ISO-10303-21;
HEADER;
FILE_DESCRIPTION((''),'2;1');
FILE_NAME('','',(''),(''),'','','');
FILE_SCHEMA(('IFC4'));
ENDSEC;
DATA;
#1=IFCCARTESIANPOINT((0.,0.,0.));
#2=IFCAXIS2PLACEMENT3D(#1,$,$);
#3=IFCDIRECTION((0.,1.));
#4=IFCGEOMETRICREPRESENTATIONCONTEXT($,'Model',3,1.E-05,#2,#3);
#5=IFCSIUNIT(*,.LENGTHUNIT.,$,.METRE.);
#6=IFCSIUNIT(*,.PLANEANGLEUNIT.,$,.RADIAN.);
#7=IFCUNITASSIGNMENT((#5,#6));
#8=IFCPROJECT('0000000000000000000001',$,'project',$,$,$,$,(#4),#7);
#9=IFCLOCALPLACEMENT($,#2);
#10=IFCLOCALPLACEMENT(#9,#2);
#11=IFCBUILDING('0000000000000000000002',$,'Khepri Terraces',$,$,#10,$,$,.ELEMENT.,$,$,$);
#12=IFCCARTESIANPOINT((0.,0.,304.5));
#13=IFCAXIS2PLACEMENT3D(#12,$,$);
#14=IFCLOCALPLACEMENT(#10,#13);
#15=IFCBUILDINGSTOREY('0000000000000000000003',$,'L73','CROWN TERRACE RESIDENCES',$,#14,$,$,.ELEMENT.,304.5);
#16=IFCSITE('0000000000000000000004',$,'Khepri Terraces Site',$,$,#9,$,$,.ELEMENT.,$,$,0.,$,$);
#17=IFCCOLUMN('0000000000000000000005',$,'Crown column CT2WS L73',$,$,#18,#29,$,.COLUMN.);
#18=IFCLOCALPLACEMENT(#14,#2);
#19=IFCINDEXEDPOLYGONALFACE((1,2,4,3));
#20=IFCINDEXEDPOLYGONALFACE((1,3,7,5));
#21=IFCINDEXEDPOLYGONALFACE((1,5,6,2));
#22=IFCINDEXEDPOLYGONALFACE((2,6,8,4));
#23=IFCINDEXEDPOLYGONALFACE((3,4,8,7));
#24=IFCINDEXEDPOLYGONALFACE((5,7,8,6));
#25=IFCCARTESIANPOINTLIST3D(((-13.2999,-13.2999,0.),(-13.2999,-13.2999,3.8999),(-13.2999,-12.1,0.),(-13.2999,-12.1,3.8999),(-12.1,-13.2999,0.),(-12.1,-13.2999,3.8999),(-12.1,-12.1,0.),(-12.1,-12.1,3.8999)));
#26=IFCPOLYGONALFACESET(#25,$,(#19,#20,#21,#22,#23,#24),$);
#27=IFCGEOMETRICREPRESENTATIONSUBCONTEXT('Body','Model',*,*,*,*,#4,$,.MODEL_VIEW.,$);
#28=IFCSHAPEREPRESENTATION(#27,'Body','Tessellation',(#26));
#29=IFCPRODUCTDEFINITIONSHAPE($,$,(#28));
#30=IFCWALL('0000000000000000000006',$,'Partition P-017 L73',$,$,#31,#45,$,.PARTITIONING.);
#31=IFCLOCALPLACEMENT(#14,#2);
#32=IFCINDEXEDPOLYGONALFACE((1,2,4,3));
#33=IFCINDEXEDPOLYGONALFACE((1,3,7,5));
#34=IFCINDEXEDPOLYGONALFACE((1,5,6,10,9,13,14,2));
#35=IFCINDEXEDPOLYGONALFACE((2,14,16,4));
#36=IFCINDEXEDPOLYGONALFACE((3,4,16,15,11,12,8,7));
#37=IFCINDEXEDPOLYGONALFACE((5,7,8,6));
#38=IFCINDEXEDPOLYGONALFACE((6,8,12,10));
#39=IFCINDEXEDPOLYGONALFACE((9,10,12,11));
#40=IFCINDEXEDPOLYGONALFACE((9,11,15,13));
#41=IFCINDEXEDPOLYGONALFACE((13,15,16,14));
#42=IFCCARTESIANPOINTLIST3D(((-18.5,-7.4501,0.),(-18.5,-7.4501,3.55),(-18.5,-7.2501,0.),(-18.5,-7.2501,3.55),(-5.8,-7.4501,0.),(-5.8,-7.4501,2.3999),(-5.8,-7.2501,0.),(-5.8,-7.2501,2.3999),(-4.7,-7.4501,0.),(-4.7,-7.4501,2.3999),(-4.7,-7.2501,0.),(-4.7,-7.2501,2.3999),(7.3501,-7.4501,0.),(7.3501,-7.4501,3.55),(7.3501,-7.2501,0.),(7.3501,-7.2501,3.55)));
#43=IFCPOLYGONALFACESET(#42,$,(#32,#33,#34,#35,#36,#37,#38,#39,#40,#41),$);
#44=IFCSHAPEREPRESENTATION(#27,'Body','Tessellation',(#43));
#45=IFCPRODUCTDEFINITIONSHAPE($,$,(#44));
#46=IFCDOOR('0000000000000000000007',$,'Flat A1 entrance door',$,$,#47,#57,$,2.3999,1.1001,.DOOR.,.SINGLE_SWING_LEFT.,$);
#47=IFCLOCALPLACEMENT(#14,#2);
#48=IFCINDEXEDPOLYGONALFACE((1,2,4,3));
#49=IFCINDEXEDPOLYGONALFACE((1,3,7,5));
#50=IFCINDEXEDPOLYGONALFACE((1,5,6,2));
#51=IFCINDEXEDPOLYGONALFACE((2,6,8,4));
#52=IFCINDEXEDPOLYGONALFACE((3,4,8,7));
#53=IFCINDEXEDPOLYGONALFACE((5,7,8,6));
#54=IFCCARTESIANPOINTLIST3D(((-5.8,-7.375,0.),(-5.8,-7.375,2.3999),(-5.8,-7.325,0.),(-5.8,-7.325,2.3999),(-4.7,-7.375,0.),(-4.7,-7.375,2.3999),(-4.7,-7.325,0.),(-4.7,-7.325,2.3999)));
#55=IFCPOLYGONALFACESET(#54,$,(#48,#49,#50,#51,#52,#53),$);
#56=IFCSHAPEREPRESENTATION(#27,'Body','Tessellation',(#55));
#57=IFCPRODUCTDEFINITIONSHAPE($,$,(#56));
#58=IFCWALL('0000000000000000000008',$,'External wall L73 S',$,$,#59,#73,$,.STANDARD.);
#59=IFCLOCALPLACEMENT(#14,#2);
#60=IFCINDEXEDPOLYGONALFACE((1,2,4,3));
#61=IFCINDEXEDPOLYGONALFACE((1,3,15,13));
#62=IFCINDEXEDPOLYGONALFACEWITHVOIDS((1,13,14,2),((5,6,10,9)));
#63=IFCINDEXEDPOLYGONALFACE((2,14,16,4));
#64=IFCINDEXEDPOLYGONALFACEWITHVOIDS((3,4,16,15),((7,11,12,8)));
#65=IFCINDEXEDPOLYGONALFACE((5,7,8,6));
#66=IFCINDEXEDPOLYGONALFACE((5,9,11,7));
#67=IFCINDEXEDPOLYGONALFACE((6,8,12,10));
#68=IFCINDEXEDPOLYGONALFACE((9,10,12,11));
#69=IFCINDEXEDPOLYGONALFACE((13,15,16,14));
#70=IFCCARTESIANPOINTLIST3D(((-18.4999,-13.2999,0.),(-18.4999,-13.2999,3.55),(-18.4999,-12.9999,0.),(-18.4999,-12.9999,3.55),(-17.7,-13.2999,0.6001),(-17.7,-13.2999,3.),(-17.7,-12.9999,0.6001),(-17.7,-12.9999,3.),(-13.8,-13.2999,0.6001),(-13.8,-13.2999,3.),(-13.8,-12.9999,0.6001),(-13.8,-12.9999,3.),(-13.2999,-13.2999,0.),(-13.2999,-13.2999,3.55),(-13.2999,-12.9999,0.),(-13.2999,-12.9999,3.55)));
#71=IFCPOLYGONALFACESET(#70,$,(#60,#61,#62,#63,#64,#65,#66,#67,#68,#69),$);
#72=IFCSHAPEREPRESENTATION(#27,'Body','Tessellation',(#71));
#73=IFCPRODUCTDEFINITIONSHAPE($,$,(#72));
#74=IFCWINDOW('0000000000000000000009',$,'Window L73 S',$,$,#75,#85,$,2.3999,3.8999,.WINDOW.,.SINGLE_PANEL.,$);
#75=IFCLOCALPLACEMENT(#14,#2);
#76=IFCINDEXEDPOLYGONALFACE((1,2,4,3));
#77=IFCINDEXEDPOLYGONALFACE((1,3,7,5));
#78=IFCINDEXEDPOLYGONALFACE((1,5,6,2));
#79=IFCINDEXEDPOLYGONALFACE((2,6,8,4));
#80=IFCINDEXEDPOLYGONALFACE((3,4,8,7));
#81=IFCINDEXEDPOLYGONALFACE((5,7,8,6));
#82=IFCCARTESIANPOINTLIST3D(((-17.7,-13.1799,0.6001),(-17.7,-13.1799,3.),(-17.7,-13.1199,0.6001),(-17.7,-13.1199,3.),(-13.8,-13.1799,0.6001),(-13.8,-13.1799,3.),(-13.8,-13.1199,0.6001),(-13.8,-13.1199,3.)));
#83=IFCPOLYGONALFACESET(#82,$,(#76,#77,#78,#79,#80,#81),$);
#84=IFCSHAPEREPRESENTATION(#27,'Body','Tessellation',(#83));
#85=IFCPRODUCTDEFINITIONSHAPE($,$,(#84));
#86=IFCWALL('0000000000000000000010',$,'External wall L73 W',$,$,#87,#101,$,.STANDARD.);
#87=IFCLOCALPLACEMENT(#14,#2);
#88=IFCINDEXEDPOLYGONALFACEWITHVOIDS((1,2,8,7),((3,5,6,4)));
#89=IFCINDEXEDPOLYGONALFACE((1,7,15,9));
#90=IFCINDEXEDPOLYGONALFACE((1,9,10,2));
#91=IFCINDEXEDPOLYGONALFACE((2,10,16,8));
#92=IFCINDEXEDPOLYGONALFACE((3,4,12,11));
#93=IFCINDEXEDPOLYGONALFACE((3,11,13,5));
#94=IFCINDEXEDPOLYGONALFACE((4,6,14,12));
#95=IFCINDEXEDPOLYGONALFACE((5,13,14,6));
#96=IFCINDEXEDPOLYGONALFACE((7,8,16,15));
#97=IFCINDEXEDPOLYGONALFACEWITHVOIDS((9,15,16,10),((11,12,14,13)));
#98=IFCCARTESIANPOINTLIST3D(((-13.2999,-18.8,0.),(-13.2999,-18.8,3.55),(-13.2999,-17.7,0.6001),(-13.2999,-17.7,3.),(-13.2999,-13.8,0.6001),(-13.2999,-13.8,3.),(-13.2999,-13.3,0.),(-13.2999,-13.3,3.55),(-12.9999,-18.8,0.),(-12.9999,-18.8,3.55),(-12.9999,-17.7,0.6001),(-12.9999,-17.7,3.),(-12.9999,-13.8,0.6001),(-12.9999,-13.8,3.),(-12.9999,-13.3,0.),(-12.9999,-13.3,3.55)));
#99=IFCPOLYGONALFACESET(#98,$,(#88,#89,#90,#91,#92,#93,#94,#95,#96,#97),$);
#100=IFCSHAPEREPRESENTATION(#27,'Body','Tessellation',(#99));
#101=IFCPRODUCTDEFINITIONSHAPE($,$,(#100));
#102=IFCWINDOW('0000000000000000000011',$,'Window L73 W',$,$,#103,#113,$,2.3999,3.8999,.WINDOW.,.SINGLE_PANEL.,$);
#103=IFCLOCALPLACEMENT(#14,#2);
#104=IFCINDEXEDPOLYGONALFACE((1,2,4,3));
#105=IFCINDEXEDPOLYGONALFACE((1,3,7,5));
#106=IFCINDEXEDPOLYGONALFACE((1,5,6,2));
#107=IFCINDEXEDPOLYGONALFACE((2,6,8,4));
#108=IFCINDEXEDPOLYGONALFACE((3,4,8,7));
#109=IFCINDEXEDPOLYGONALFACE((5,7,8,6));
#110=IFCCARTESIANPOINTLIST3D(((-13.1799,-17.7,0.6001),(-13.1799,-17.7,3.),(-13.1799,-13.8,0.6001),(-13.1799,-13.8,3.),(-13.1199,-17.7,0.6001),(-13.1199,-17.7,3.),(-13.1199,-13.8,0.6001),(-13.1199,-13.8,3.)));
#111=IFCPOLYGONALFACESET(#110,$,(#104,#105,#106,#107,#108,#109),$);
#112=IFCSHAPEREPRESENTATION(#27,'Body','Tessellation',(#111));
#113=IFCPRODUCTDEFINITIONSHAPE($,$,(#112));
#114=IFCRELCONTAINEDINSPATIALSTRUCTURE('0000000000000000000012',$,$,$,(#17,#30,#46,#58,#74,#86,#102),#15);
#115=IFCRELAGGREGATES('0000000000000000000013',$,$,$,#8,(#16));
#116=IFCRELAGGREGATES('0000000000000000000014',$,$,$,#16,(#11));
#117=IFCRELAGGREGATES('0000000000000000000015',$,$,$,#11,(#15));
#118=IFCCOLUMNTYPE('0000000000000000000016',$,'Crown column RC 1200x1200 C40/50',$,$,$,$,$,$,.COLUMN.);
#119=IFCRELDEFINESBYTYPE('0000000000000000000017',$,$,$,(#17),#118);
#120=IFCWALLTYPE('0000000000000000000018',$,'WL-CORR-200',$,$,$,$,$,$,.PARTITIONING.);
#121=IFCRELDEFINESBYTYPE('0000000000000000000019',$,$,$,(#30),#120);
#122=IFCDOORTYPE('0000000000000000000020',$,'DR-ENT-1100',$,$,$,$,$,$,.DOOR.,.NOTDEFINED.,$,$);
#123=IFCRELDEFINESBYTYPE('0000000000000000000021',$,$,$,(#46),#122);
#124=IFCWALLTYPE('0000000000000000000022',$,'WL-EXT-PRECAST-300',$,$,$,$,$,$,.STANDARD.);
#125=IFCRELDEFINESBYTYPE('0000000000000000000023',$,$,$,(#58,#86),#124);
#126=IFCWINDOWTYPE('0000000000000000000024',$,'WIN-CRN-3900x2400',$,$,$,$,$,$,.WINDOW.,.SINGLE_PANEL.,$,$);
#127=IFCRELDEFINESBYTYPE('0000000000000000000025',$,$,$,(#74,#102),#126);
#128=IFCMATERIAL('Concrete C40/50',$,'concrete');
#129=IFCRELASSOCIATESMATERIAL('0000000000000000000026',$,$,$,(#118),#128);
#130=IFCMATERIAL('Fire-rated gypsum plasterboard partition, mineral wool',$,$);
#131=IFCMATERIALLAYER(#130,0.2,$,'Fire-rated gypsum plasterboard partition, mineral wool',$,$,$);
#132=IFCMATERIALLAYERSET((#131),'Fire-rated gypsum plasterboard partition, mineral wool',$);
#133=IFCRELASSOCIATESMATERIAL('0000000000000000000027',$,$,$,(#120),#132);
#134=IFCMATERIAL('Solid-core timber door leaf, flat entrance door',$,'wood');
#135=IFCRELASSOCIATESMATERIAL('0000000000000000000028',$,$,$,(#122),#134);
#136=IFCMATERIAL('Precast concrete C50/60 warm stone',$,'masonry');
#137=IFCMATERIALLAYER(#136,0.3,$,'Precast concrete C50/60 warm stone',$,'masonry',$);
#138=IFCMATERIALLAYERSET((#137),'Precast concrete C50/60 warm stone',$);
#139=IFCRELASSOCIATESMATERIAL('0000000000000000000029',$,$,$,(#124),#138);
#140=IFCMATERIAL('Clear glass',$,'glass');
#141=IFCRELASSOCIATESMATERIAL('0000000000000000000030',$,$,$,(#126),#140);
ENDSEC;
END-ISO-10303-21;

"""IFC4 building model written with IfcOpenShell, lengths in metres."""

from ifc_helpers import new_model, si_unit, direction, frame, frame_2d, origin, origin_2d, place, context, subcontext, project, spatial, rectangle, extrude, material, layer, layer_set, material_profile, profile_set, type_object, element, fill, save


model = new_model("IFC4")

# Units and contexts
model_context = context("Model", 3, precision=1e-05, world=origin(), true_north=direction((0.0, 1.0)))
body_context = subcontext(model_context, "Body", "Model", "MODEL_VIEW")
ifc_project = project(units=[si_unit("LENGTHUNIT", "METRE"), si_unit("PLANEANGLEUNIT", "RADIAN")], contexts=[model_context])

# Site, building, storey
site_placement = place(None, origin())
site = spatial("IfcSite", under=ifc_project, at=site_placement, Name="Khepri Terraces Site", CompositionType="ELEMENT", RefElevation=0.0)
building_placement = place(site_placement, origin())
building = spatial("IfcBuilding", under=site, at=building_placement, Name="Khepri Terraces", CompositionType="ELEMENT")
storey_placement = place(building_placement, frame((0.0, 0.0, 304.5)))
storey = spatial("IfcBuildingStorey", under=building, at=storey_placement, Name="L73", Description="CROWN TERRACE RESIDENCES", CompositionType="ELEMENT", Elevation=304.5)

# Column
ifc_material_1 = material(Name="Concrete C40/50", Category="concrete")
ifc_material_profile = material_profile(ifc_material_1, rectangle(XDim=1.2, YDim=1.2, at=origin_2d()), Name="Concrete C40/50", Category="concrete")
ifc_profile_set = profile_set([ifc_material_profile], Name="Concrete C40/50")
column_type = type_object("IfcColumnType", Name="Crown column RC 1200x1200 C40/50", PredefinedType="COLUMN", material=ifc_profile_set)
column_placement = place(storey_placement, frame((-12.7, -12.7, 0.0), z_axis=(0.0, 0.0, 1.0), x_axis=(1.0, 0.0, 0.0)))
element("IfcColumn", 1, at=column_placement, inside=storey, type_object=column_type, Name="Crown column CT2WS L73", PredefinedType="COLUMN", context=body_context, shape_type="SweptSolid", body=[
    extrude(rectangle(XDim=1.2, YDim=1.2, at=origin_2d()), origin(), (0.0, 0.0, 1.0), 3.8999),
])

# Wall, opening, door
ifc_material_2 = material(Name="Fire-rated gypsum plasterboard partition, mineral wool")
ifc_layer_1 = layer(ifc_material_2, 0.2, Name="Fire-rated gypsum plasterboard partition, mineral wool")
ifc_layer_set_1 = layer_set([ifc_layer_1], Name="Fire-rated gypsum plasterboard partition, mineral wool")
wall_type_1 = type_object("IfcWallType", Name="WL-CORR-200", PredefinedType="PARTITIONING", material=ifc_layer_set_1)
wall_1_placement = place(storey_placement, frame((-18.5, -7.3501, 0.0), z_axis=(0.0, 0.0, 1.0), x_axis=(1.0, 0.0, 0.0)))
wall_1 = element("IfcWall", 2, at=wall_1_placement, inside=storey, type_object=wall_type_1, Name="Partition P-017 L73", PredefinedType="PARTITIONING", context=body_context, shape_type="SweptSolid", body=[
    extrude(rectangle(XDim=25.8501, YDim=0.2, at=frame_2d((12.925, 0.0))), origin(), (0.0, 0.0, 1.0), 3.55),
])
opening_1_placement = place(wall_1_placement, frame((12.7, 0.0, 0.0)))
opening_1 = element("IfcOpeningElement", 3, at=opening_1_placement, cuts=wall_1, PredefinedType="OPENING", context=body_context, shape_type="SweptSolid", body=[
    extrude(rectangle(XDim=1.1001, YDim=2.3999, at=frame_2d((0.55, 1.2))), frame((0.0, 0.1099, 0.0), z_axis=(0.0, -1.0, 0.0), x_axis=(1.0, 0.0, 0.0)), (0.0, 0.0, 1.0), 0.22),
])
ifc_material_3 = material(Name="Solid-core timber door leaf, flat entrance door", Category="wood")
door_type_1 = type_object("IfcDoorType", Name="DR-ENT-1100", OperationType="NOTDEFINED", PredefinedType="DOOR", material=ifc_material_3)
door_1_placement = place(opening_1_placement, frame((1.1001, 0.0, 0.0), z_axis=(0.0, 0.0, 1.0), x_axis=(-1.0, 0.0, 0.0)))
door_1 = element("IfcDoor", 4, at=door_1_placement, inside=storey, type_object=door_type_1, Name="Flat A1 entrance door", OperationType="SINGLE_SWING_LEFT", OverallHeight=2.3999, OverallWidth=1.1001, PredefinedType="DOOR", context=body_context, shape_type="SweptSolid", body=[
    extrude(rectangle(XDim=1.1001, YDim=2.3999, at=frame_2d((0.55, 1.2))), frame((0.0, 0.0249, 0.0), z_axis=(0.0, -1.0, 0.0), x_axis=(1.0, 0.0, 0.0)), (0.0, 0.0, 1.0), 0.05),
])
fill(opening_1, door_1)

# Walls, openings, windows
ifc_material_4 = material(Name="Precast concrete C50/60 warm stone", Category="masonry")
ifc_layer_2 = layer(ifc_material_4, 0.3, Name="Precast concrete C50/60 warm stone", Category="masonry")
ifc_layer_set_2 = layer_set([ifc_layer_2], Name="Precast concrete C50/60 warm stone")
wall_type_2 = type_object("IfcWallType", Name="WL-EXT-PRECAST-300", PredefinedType="STANDARD", material=ifc_layer_set_2)
wall_2_placement = place(storey_placement, frame((-18.5, -13.1499, 0.0), z_axis=(0.0, 0.0, 1.0), x_axis=(1.0, 0.0, 0.0)))
wall_2 = element("IfcWall", 5, at=wall_2_placement, inside=storey, type_object=wall_type_2, Name="External wall L73 S", PredefinedType="STANDARD", context=body_context, shape_type="SweptSolid", body=[
    extrude(rectangle(XDim=5.2, YDim=0.3, at=frame_2d((2.6001, 0.0))), origin(), (0.0, 0.0, 1.0), 3.55),
])
opening_2_placement = place(wall_2_placement, frame((0.8, 0.0, 0.6001)))
opening_2 = element("IfcOpeningElement", 6, at=opening_2_placement, cuts=wall_2, PredefinedType="OPENING", context=body_context, shape_type="SweptSolid", body=[
    extrude(rectangle(XDim=3.8999, YDim=2.3999, at=frame_2d((1.95, 1.2))), frame((0.0, 0.1602, 0.0), z_axis=(0.0, -1.0, 0.0), x_axis=(1.0, 0.0, 0.0)), (0.0, 0.0, 1.0), 0.3201),
])
ifc_material_5 = material(Name="Clear glass", Category="glass")
window_type_1 = type_object("IfcWindowType", Name="WIN-CRN-3900x2400", PartitioningType="SINGLE_PANEL", PredefinedType="WINDOW", material=ifc_material_5)
window_1_placement = place(opening_2_placement, origin())
window_1 = element("IfcWindow", 7, at=window_1_placement, inside=storey, type_object=window_type_1, Name="Window L73 S", OverallHeight=2.3999, OverallWidth=3.8999, PartitioningType="SINGLE_PANEL", PredefinedType="WINDOW", context=body_context, shape_type="SweptSolid", body=[
    extrude(rectangle(XDim=3.8999, YDim=2.3999, at=frame_2d((1.95, 1.2))), frame((0.0, 0.03, 0.0), z_axis=(0.0, -1.0, 0.0), x_axis=(1.0, 0.0, 0.0)), (0.0, 0.0, 1.0), 0.0601),
])
fill(opening_2, window_1)
wall_3_placement = place(storey_placement, frame((-13.1499, -13.3, 0.0), z_axis=(0.0, 0.0, 1.0), x_axis=(0.0, -1.0, 0.0)))
wall_3 = element("IfcWall", 8, at=wall_3_placement, inside=storey, type_object=wall_type_2, Name="External wall L73 W", PredefinedType="STANDARD", context=body_context, shape_type="SweptSolid", body=[
    extrude(rectangle(XDim=5.5, YDim=0.3, at=frame_2d((2.75, 0.0))), origin(), (0.0, 0.0, 1.0), 3.55),
])
opening_3_placement = place(wall_3_placement, frame((0.5, 0.0, 0.6001)))
opening_3 = element("IfcOpeningElement", 9, at=opening_3_placement, cuts=wall_3, PredefinedType="OPENING", context=body_context, shape_type="SweptSolid", body=[
    extrude(rectangle(XDim=3.8999, YDim=2.3999, at=frame_2d((1.95, 1.2))), frame((0.0, 0.1602, 0.0), z_axis=(0.0, -1.0, 0.0), x_axis=(1.0, 0.0, 0.0)), (0.0, 0.0, 1.0), 0.3201),
])
window_2_placement = place(opening_3_placement, origin())
window_2 = element("IfcWindow", 10, at=window_2_placement, inside=storey, type_object=window_type_1, Name="Window L73 W", OverallHeight=2.3999, OverallWidth=3.8999, PartitioningType="SINGLE_PANEL", PredefinedType="WINDOW", context=body_context, shape_type="SweptSolid", body=[
    extrude(rectangle(XDim=3.8999, YDim=2.3999, at=frame_2d((1.95, 1.2))), frame((0.0, 0.03, 0.0), z_axis=(0.0, -1.0, 0.0), x_axis=(1.0, 0.0, 0.0)), (0.0, 0.0, 1.0), 0.0601),
])
fill(opening_3, window_2)

save(model, "model.ifc")
